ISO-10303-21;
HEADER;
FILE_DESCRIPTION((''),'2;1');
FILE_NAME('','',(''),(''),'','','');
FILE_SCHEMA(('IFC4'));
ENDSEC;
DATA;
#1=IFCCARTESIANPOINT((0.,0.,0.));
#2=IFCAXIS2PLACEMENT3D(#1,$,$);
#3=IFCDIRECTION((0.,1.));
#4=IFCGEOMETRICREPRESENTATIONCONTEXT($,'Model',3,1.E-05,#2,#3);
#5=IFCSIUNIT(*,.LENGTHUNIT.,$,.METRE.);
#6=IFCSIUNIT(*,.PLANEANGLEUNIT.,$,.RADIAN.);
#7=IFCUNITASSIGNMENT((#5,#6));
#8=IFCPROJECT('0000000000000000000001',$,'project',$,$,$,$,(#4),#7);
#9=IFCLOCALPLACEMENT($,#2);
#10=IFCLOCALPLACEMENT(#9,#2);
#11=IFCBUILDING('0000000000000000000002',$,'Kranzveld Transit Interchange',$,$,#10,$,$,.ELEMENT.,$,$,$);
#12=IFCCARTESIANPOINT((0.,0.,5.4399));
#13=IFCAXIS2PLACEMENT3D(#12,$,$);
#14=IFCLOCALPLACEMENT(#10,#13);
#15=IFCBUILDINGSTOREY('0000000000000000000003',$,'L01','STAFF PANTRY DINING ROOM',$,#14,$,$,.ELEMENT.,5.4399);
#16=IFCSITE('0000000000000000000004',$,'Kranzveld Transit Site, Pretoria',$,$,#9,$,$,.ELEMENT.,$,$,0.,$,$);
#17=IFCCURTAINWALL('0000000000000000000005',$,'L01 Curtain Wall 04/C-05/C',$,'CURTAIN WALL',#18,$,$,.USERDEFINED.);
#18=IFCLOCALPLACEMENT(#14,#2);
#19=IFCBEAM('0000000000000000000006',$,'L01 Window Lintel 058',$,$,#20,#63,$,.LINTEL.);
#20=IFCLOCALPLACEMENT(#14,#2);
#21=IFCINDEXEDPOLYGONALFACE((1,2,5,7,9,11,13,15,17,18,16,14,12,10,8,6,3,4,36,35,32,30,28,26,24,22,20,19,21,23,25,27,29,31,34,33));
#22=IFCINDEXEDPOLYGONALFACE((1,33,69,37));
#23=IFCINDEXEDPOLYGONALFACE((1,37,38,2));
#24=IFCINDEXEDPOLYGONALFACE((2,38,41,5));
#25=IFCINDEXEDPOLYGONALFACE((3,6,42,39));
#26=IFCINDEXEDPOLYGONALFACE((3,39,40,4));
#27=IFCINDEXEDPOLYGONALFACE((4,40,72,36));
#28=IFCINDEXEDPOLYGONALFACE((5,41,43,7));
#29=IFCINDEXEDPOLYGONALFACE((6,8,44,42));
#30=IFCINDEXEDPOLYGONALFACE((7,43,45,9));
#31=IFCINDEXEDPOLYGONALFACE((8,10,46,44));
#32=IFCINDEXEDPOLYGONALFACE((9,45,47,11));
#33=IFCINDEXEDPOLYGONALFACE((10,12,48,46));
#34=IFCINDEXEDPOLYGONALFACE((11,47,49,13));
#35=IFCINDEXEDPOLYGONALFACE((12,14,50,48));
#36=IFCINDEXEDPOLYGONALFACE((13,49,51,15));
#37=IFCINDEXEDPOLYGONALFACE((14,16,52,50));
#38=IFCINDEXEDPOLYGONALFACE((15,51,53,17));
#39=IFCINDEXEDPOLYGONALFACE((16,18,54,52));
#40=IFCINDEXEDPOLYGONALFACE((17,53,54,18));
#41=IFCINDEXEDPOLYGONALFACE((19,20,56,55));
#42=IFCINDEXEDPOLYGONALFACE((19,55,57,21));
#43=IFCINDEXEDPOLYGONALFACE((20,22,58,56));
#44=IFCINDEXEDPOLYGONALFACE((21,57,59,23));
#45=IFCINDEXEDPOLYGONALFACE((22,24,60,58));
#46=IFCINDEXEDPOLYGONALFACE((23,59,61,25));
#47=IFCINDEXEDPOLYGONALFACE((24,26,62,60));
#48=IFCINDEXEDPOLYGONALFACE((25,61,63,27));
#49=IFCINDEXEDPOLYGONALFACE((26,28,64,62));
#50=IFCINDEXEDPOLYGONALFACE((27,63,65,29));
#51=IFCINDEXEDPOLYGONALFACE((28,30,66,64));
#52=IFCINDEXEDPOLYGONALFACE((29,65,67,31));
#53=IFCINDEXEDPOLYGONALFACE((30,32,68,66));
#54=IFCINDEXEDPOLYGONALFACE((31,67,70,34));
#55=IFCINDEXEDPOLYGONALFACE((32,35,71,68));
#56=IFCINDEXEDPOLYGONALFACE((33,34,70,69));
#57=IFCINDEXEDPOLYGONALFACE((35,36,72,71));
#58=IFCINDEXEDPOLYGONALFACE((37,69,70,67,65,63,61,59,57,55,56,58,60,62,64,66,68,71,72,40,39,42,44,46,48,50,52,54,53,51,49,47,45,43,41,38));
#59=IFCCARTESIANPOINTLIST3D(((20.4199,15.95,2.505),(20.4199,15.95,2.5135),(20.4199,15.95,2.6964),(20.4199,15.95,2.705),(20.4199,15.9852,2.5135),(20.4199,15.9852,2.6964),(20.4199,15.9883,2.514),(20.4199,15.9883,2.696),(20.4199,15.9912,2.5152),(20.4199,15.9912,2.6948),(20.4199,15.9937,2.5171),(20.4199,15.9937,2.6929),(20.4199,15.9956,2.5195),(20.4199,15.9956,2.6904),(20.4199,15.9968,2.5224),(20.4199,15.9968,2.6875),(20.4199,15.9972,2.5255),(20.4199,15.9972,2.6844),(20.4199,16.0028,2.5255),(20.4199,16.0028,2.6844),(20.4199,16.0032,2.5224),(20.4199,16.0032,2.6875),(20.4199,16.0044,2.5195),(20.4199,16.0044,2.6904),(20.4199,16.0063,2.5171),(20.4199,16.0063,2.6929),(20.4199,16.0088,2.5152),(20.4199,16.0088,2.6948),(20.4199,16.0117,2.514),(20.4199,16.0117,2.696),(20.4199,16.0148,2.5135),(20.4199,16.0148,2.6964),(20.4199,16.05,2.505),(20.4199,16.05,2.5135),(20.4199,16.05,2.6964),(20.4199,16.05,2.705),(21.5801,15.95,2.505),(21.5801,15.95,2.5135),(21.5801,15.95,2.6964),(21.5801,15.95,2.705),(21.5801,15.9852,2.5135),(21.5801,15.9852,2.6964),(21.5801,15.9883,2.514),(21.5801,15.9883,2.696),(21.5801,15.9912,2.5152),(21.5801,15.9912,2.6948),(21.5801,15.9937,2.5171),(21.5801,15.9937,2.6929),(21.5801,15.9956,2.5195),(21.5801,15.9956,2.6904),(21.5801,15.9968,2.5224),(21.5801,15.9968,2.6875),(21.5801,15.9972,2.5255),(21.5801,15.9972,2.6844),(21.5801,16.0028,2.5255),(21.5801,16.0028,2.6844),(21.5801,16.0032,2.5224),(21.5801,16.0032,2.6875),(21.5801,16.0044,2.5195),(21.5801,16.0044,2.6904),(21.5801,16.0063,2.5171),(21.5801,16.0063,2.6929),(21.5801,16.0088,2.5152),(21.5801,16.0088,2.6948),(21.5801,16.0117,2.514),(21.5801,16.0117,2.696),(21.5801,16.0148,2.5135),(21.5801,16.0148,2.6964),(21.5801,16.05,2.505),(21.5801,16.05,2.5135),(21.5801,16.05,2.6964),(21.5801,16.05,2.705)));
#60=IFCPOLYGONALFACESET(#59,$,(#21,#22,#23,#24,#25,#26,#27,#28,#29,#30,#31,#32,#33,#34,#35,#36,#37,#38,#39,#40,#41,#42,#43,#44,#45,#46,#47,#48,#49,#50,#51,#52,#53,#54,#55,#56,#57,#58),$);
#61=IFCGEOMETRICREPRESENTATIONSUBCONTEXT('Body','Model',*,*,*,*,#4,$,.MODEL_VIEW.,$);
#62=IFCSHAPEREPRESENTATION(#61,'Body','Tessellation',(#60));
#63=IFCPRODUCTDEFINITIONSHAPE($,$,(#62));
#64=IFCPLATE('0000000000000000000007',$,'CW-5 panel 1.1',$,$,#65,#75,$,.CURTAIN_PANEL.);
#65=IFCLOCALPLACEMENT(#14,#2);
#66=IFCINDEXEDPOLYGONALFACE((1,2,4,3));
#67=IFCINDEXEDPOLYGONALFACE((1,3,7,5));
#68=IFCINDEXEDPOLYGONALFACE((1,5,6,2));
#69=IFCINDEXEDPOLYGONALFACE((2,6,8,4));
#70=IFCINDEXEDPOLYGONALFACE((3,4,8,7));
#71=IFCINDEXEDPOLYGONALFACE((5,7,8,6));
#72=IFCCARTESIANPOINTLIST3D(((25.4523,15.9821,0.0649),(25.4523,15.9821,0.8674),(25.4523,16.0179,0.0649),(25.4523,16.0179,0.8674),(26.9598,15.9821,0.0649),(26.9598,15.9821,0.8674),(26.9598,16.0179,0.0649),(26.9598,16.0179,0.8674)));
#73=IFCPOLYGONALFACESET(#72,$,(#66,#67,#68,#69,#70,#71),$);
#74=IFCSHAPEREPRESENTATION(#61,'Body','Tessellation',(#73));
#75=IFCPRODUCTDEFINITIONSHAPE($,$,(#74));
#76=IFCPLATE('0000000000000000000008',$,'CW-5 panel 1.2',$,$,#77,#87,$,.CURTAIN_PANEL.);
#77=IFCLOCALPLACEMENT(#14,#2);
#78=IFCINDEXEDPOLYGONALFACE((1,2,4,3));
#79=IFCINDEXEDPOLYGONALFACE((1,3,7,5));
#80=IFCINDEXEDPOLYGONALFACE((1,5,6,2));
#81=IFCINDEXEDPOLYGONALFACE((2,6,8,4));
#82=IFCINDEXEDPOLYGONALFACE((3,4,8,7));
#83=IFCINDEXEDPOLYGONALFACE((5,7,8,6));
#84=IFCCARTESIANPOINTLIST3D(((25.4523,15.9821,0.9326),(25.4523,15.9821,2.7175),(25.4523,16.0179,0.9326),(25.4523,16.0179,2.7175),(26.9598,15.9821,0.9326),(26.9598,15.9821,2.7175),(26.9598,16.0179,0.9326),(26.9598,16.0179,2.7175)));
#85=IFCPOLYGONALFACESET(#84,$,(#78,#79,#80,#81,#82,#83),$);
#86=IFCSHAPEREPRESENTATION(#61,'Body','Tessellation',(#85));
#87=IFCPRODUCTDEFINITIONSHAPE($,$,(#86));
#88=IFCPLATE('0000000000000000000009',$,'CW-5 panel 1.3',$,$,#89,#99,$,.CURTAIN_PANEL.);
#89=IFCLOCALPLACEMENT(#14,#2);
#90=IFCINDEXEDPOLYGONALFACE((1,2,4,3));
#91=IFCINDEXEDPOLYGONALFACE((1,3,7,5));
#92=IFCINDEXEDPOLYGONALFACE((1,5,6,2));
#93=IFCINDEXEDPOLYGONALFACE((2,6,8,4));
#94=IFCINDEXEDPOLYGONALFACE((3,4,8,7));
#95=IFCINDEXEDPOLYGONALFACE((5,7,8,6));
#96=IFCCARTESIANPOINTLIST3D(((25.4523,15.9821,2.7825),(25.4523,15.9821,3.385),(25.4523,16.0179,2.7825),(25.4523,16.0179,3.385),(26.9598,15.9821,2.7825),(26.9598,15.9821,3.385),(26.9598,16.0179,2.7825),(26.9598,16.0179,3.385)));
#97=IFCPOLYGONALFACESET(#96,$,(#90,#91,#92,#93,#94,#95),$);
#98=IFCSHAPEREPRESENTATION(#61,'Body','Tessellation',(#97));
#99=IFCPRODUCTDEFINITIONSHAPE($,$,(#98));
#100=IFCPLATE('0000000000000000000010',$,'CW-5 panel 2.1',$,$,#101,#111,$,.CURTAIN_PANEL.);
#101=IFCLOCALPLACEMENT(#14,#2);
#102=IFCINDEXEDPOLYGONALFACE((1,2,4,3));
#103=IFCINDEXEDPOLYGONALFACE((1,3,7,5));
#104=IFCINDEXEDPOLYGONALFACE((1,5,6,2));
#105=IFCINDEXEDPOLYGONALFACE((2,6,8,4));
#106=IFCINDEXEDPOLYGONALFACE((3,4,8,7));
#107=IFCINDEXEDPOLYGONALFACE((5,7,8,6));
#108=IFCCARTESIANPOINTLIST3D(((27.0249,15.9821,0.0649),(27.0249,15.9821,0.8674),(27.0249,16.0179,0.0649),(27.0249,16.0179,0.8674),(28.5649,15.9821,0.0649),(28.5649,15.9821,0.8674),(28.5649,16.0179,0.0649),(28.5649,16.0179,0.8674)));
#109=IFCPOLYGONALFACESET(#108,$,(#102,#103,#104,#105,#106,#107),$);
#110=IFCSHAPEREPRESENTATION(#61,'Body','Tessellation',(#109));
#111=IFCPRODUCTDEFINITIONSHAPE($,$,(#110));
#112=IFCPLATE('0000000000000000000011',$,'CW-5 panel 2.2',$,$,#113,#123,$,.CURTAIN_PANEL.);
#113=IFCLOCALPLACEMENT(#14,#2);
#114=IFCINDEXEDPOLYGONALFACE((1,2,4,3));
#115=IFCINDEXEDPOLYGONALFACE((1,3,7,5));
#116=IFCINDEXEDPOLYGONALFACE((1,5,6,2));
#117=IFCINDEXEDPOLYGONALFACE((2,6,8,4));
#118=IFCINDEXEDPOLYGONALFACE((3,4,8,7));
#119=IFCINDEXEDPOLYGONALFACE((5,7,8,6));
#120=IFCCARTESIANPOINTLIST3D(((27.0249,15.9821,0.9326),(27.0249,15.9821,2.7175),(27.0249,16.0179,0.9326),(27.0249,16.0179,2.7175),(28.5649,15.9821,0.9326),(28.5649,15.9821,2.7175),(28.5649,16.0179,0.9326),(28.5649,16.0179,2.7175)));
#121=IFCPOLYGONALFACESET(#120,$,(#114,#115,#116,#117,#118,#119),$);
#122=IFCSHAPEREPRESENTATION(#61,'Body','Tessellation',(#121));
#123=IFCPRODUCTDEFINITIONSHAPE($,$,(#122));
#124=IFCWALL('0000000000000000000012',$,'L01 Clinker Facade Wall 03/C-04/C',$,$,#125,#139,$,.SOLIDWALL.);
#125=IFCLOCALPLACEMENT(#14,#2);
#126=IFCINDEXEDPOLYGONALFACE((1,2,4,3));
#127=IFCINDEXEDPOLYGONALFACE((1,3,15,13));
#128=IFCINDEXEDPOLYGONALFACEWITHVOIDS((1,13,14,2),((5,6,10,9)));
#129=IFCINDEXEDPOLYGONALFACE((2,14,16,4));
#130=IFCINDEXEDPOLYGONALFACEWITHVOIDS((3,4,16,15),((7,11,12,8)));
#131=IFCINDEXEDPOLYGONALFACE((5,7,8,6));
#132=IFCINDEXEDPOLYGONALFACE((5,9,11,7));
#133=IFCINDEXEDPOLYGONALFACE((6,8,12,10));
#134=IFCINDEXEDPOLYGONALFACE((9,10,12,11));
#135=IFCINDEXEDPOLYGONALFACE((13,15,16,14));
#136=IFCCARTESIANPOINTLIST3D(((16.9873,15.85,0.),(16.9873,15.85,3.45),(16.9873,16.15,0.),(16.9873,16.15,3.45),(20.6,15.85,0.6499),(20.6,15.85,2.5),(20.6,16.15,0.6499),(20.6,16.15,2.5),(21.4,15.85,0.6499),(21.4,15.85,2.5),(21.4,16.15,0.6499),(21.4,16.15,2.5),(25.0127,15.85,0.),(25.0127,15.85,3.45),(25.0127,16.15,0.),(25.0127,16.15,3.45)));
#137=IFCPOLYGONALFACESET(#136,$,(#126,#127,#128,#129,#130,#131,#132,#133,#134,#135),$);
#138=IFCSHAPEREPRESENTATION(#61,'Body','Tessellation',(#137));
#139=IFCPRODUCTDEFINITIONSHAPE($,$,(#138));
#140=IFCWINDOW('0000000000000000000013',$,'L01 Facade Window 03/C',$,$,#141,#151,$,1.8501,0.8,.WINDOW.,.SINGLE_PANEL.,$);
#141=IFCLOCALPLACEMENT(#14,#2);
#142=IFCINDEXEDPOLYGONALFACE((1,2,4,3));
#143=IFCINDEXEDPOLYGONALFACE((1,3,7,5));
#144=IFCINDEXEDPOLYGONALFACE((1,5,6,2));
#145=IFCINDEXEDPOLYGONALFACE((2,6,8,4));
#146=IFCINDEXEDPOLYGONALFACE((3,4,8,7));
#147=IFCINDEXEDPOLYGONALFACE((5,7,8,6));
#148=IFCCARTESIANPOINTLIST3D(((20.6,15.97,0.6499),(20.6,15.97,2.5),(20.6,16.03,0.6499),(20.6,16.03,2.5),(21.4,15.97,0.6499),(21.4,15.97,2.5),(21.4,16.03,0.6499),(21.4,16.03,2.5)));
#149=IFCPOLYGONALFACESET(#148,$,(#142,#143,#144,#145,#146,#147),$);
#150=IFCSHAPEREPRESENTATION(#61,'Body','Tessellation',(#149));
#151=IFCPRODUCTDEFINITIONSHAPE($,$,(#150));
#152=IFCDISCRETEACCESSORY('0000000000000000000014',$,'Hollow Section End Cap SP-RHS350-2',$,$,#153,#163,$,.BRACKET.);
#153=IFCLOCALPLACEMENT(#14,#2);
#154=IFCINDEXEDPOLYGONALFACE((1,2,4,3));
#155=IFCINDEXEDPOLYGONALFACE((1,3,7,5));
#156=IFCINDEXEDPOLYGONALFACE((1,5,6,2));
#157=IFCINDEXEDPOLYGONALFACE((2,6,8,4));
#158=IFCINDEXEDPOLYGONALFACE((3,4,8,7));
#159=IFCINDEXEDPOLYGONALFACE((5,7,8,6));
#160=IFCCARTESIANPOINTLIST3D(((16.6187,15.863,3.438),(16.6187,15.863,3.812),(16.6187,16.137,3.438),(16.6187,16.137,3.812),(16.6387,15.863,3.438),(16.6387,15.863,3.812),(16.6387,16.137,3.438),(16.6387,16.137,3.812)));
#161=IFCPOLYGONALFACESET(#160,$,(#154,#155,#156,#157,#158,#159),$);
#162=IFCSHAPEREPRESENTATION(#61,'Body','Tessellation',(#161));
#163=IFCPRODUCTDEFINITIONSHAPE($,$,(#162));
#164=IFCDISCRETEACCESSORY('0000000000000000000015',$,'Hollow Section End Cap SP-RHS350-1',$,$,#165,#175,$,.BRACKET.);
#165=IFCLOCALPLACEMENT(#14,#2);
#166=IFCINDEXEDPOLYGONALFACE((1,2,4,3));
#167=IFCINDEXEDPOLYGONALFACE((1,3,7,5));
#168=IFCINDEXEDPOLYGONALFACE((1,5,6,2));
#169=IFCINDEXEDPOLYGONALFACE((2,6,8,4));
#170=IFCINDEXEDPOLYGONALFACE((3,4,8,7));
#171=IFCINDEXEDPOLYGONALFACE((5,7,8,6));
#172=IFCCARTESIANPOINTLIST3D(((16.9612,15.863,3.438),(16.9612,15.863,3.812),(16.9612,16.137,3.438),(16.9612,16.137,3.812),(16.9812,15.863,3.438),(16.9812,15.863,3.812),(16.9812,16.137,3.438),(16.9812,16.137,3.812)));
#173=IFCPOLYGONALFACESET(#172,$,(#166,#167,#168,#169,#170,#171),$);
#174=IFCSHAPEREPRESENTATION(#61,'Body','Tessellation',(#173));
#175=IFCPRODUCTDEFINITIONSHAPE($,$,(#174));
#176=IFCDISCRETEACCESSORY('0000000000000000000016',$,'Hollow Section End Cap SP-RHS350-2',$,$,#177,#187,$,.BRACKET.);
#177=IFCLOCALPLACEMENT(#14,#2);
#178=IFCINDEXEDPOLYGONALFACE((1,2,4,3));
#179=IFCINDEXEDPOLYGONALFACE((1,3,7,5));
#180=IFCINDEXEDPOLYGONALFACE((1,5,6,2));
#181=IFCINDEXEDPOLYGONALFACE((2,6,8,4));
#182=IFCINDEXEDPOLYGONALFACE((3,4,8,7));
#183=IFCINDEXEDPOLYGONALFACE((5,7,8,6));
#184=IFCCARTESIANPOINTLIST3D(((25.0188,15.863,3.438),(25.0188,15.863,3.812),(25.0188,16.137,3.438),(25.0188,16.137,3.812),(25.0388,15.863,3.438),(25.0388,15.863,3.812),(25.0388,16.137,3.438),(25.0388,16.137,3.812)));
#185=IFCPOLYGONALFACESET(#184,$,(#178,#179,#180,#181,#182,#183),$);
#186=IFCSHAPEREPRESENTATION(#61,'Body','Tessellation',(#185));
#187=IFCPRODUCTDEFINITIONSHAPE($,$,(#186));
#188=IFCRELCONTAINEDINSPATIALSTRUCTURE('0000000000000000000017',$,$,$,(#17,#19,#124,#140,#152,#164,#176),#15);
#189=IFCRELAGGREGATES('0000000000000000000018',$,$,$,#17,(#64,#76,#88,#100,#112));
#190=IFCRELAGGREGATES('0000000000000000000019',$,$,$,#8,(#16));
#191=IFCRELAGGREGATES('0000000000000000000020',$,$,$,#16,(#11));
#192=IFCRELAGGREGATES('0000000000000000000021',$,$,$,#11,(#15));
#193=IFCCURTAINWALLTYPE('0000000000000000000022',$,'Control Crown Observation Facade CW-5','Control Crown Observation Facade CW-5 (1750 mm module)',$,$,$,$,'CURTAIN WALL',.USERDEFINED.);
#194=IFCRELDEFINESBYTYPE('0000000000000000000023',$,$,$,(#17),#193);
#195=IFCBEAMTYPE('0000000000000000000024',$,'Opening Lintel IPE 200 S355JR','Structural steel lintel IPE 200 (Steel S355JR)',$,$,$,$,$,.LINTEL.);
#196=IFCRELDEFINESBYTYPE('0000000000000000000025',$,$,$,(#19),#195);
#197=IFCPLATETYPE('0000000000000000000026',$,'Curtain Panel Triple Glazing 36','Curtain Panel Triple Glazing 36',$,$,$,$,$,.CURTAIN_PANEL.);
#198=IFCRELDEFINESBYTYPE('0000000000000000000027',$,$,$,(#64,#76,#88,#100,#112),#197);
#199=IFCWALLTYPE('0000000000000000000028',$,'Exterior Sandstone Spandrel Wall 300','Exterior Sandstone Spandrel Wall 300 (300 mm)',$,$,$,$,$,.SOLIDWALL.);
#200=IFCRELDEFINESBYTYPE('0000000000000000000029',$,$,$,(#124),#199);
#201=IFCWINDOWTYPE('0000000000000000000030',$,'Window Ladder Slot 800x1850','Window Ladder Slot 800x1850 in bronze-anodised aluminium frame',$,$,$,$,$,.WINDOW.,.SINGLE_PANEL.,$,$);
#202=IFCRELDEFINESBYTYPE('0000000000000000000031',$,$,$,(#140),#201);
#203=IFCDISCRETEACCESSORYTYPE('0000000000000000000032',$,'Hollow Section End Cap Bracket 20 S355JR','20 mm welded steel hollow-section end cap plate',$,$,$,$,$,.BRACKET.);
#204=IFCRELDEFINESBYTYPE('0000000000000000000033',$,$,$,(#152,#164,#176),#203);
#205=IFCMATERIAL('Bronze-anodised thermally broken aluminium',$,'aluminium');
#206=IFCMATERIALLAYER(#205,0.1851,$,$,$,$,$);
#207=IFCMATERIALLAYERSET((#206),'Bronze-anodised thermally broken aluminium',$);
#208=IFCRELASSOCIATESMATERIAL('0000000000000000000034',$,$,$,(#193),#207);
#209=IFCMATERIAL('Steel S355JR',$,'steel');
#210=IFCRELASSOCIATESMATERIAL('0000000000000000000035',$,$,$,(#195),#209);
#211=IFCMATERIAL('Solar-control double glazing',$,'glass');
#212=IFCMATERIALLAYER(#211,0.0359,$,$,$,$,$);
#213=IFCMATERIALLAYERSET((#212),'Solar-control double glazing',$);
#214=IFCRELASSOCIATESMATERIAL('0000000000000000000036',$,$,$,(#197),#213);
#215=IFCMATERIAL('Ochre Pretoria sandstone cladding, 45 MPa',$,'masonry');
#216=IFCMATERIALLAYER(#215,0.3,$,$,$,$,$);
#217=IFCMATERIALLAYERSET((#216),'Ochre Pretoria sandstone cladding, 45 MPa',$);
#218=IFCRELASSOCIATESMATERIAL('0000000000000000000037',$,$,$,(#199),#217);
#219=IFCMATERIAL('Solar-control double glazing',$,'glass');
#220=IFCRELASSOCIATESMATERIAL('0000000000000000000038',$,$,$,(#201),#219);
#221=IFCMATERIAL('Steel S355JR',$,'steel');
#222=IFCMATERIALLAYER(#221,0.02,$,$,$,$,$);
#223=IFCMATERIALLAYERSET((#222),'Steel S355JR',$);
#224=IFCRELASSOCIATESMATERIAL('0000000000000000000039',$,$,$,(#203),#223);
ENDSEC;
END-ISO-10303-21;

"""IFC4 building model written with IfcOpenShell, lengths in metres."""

from ifc_helpers import new_model, si_unit, direction, frame, frame_2d, origin, origin_2d, place, context, subcontext, project, spatial, rectangle, i_section, extrude, material, layer, layer_set, material_profile, profile_set, type_object, element, fill, aggregate, save


model = new_model("IFC4")

# Units and contexts
model_context = context("Model", 3, precision=1e-05, world=origin(), true_north=direction((0.0, 1.0)))
body_context = subcontext(model_context, "Body", "Model", "MODEL_VIEW")
ifc_project = project(units=[si_unit("LENGTHUNIT", "METRE"), si_unit("PLANEANGLEUNIT", "RADIAN")], contexts=[model_context])

# Site, building, storey
site_placement = place(None, origin())
site = spatial("IfcSite", under=ifc_project, at=site_placement, Name="Kranzveld Transit Site, Pretoria", CompositionType="ELEMENT", RefElevation=0.0)
building_placement = place(site_placement, origin())
building = spatial("IfcBuilding", under=site, at=building_placement, Name="Kranzveld Transit Interchange", CompositionType="ELEMENT")
storey_placement = place(building_placement, frame((0.0, 0.0, 5.4399)))
storey = spatial("IfcBuildingStorey", under=building, at=storey_placement, Name="L01", Description="STAFF PANTRY DINING ROOM", CompositionType="ELEMENT", Elevation=5.4399)

# Curtain wall
ifc_material_1 = material(Name="Bronze-anodised thermally broken aluminium", Category="aluminium")
ifc_layer_1 = layer(ifc_material_1, 0.1851)
ifc_layer_set_1 = layer_set([ifc_layer_1], Name="Bronze-anodised thermally broken aluminium")
curtain_wall_type = type_object("IfcCurtainWallType", Name="Control Crown Observation Facade CW-5", Description="Control Crown Observation Facade CW-5 (1750 mm module)", ElementType="CURTAIN WALL", PredefinedType="USERDEFINED", material=ifc_layer_set_1)
curtain_wall_placement = place(storey_placement, origin())
curtain_wall = element("IfcCurtainWall", 1, at=curtain_wall_placement, inside=storey, type_object=curtain_wall_type, Name="L01 Curtain Wall 04/C-05/C", ObjectType="CURTAIN WALL", PredefinedType="USERDEFINED")

# Beam
ifc_material_2 = material(Name="Steel S355JR", Category="steel")
ifc_material_profile_1 = material_profile(ifc_material_2, i_section(OverallWidth=0.1001, OverallDepth=0.2, WebThickness=0.0056, FlangeThickness=0.0085, FilletRadius=0.012, at=origin_2d()), Name="IPE 200")
ifc_profile_set_1 = profile_set([ifc_material_profile_1], Name="Steel S355JR")
beam_type_1 = type_object("IfcBeamType", Name="Opening Lintel IPE 200 S355JR", Description="Structural steel lintel IPE 200 (Steel S355JR)", PredefinedType="LINTEL", material=ifc_profile_set_1)
beam_placement = place(storey_placement, frame((20.4199, 16.0, 2.605), z_axis=(1.0, 0.0, 0.0), x_axis=(0.0, 1.0, 0.0)))
element("IfcBeam", 2, at=beam_placement, inside=storey, type_object=beam_type_1, Name="L01 Window Lintel 058", PredefinedType="LINTEL", context=body_context, shape_type="SweptSolid", body=[
    extrude(i_section(OverallWidth=0.1001, OverallDepth=0.2, WebThickness=0.0056, FlangeThickness=0.0085, FilletRadius=0.012, at=origin_2d()), origin(), (0.0, 0.0, 1.0), 1.1602),
])

# Plates
ifc_material_3 = material(Name="Solar-control double glazing", Category="glass")
ifc_layer_2 = layer(ifc_material_3, 0.0359)
ifc_layer_set_2 = layer_set([ifc_layer_2], Name="Solar-control double glazing")
plate_type = type_object("IfcPlateType", Name="Curtain Panel Triple Glazing 36", Description="Curtain Panel Triple Glazing 36", PredefinedType="CURTAIN_PANEL", material=ifc_layer_set_2)
plate_1_placement = place(storey_placement, frame((26.2061, 16.0, 0.0649), z_axis=(0.0, 0.0, 1.0), x_axis=(1.0, 0.0, 0.0)))
plate_1 = element("IfcPlate", 3, at=plate_1_placement, type_object=plate_type, Name="CW-5 panel 1.1", PredefinedType="CURTAIN_PANEL", context=body_context, shape_type="SweptSolid", body=[
    extrude(rectangle(XDim=1.5076, YDim=0.0359, at=origin_2d()), origin(), (0.0, 0.0, 1.0), 0.8025),
])
plate_2_placement = place(storey_placement, frame((26.2061, 16.0, 0.9326), z_axis=(0.0, 0.0, 1.0), x_axis=(1.0, 0.0, 0.0)))
plate_2 = element("IfcPlate", 4, at=plate_2_placement, type_object=plate_type, Name="CW-5 panel 1.2", PredefinedType="CURTAIN_PANEL", context=body_context, shape_type="SweptSolid", body=[
    extrude(rectangle(XDim=1.5076, YDim=0.0359, at=origin_2d()), origin(), (0.0, 0.0, 1.0), 1.7849),
])
plate_3_placement = place(storey_placement, frame((26.2061, 16.0, 2.7825), z_axis=(0.0, 0.0, 1.0), x_axis=(1.0, 0.0, 0.0)))
plate_3 = element("IfcPlate", 5, at=plate_3_placement, type_object=plate_type, Name="CW-5 panel 1.3", PredefinedType="CURTAIN_PANEL", context=body_context, shape_type="SweptSolid", body=[
    extrude(rectangle(XDim=1.5076, YDim=0.0359, at=origin_2d()), origin(), (0.0, 0.0, 1.0), 0.6025),
])
plate_4_placement = place(storey_placement, frame((27.7949, 16.0, 0.0649), z_axis=(0.0, 0.0, 1.0), x_axis=(1.0, 0.0, 0.0)))
plate_4 = element("IfcPlate", 6, at=plate_4_placement, type_object=plate_type, Name="CW-5 panel 2.1", PredefinedType="CURTAIN_PANEL", context=body_context, shape_type="SweptSolid", body=[
    extrude(rectangle(XDim=1.54, YDim=0.0359, at=origin_2d()), origin(), (0.0, 0.0, 1.0), 0.8025),
])
plate_5_placement = place(storey_placement, frame((27.7949, 16.0, 0.9326), z_axis=(0.0, 0.0, 1.0), x_axis=(1.0, 0.0, 0.0)))
plate_5 = element("IfcPlate", 7, at=plate_5_placement, type_object=plate_type, Name="CW-5 panel 2.2", PredefinedType="CURTAIN_PANEL", context=body_context, shape_type="SweptSolid", body=[
    extrude(rectangle(XDim=1.54, YDim=0.0359, at=origin_2d()), origin(), (0.0, 0.0, 1.0), 1.7849),
])
aggregate(curtain_wall, [plate_1, plate_2, plate_3, plate_4, plate_5])

# Wall, opening, window
ifc_material_4 = material(Name="Ochre Pretoria sandstone cladding, 45 MPa", Category="masonry")
ifc_layer_3 = layer(ifc_material_4, 0.3)
ifc_layer_set_3 = layer_set([ifc_layer_3], Name="Ochre Pretoria sandstone cladding, 45 MPa")
wall_type = type_object("IfcWallType", Name="Exterior Sandstone Spandrel Wall 300", Description="Exterior Sandstone Spandrel Wall 300 (300 mm)", PredefinedType="SOLIDWALL", material=ifc_layer_set_3)
wall_placement = place(storey_placement, frame((16.9873, 16.0, 0.0), z_axis=(0.0, 0.0, 1.0), x_axis=(1.0, 0.0, 0.0)))
wall = element("IfcWall", 8, at=wall_placement, inside=storey, type_object=wall_type, Name="L01 Clinker Facade Wall 03/C-04/C", PredefinedType="SOLIDWALL", context=body_context, shape_type="SweptSolid", body=[
    extrude(rectangle(XDim=8.0254, YDim=0.3, at=frame_2d((4.0127, 0.0))), origin(), (0.0, 0.0, 1.0), 3.45),
])
opening_placement = place(wall_placement, frame((3.6128, 0.0, 0.6499), z_axis=(0.0, 0.0, 1.0), x_axis=(1.0, 0.0, 0.0)))
opening = element("IfcOpeningElement", 9, at=opening_placement, cuts=wall, PredefinedType="OPENING", context=body_context, shape_type="SweptSolid", body=[
    extrude(rectangle(XDim=0.8, YDim=1.8501, at=frame_2d((0.3999, 0.925))), frame((0.0, 0.1599, 0.0), z_axis=(0.0, -1.0, 0.0), x_axis=(1.0, 0.0, 0.0)), (0.0, 0.0, 1.0), 0.3201),
])
ifc_material_5 = material(Name="Solar-control double glazing", Category="glass")
window_type = type_object("IfcWindowType", Name="Window Ladder Slot 800x1850", Description="Window Ladder Slot 800x1850 in bronze-anodised aluminium frame", PartitioningType="SINGLE_PANEL", PredefinedType="WINDOW", material=ifc_material_5)
window_placement = place(opening_placement, origin())
window = element("IfcWindow", 10, at=window_placement, inside=storey, type_object=window_type, Name="L01 Facade Window 03/C", OverallHeight=1.8501, OverallWidth=0.8, PartitioningType="SINGLE_PANEL", PredefinedType="WINDOW", context=body_context, shape_type="SweptSolid", body=[
    extrude(rectangle(XDim=0.8, YDim=1.8501, at=frame_2d((0.3999, 0.925))), frame((0.0, 0.03, 0.0), z_axis=(0.0, -1.0, 0.0), x_axis=(1.0, 0.0, 0.0)), (0.0, 0.0, 1.0), 0.0601),
])
fill(opening, window)

# Discrete accessories
ifc_material_6 = material(Name="Steel S355JR", Category="steel")
ifc_layer_4 = layer(ifc_material_6, 0.02)
ifc_layer_set_4 = layer_set([ifc_layer_4], Name="Steel S355JR")
discrete_accessory_type = type_object("IfcDiscreteAccessoryType", Name="Hollow Section End Cap Bracket 20 S355JR", Description="20 mm welded steel hollow-section end cap plate", PredefinedType="BRACKET", material=ifc_layer_set_4)
for number, where, z_axis, x_axis, name in (
    (11, (16.6187, 16.0, 3.625), (1.0, 0.0, 0.0), (0.0, 1.0, 0.0), "Hollow Section End Cap SP-RHS350-2"),
    (12, (16.9812, 16.0, 3.625), (-1.0, 0.0, 0.0), (0.0, -1.0, 0.0), "Hollow Section End Cap SP-RHS350-1"),
    (13, (25.0188, 16.0, 3.625), (1.0, 0.0, 0.0), (0.0, 1.0, 0.0), "Hollow Section End Cap SP-RHS350-2"),
):
    element("IfcDiscreteAccessory", number, at=place(storey_placement, frame(where, z_axis=z_axis, x_axis=x_axis)), inside=storey, type_object=discrete_accessory_type, Name=name, PredefinedType="BRACKET", context=body_context, shape_type="SweptSolid", body=[
        extrude(rectangle(XDim=0.2739, YDim=0.374, at=origin_2d()), origin(), (0.0, 0.0, 1.0), 0.02),
    ])

save(model, "model.ifc")
